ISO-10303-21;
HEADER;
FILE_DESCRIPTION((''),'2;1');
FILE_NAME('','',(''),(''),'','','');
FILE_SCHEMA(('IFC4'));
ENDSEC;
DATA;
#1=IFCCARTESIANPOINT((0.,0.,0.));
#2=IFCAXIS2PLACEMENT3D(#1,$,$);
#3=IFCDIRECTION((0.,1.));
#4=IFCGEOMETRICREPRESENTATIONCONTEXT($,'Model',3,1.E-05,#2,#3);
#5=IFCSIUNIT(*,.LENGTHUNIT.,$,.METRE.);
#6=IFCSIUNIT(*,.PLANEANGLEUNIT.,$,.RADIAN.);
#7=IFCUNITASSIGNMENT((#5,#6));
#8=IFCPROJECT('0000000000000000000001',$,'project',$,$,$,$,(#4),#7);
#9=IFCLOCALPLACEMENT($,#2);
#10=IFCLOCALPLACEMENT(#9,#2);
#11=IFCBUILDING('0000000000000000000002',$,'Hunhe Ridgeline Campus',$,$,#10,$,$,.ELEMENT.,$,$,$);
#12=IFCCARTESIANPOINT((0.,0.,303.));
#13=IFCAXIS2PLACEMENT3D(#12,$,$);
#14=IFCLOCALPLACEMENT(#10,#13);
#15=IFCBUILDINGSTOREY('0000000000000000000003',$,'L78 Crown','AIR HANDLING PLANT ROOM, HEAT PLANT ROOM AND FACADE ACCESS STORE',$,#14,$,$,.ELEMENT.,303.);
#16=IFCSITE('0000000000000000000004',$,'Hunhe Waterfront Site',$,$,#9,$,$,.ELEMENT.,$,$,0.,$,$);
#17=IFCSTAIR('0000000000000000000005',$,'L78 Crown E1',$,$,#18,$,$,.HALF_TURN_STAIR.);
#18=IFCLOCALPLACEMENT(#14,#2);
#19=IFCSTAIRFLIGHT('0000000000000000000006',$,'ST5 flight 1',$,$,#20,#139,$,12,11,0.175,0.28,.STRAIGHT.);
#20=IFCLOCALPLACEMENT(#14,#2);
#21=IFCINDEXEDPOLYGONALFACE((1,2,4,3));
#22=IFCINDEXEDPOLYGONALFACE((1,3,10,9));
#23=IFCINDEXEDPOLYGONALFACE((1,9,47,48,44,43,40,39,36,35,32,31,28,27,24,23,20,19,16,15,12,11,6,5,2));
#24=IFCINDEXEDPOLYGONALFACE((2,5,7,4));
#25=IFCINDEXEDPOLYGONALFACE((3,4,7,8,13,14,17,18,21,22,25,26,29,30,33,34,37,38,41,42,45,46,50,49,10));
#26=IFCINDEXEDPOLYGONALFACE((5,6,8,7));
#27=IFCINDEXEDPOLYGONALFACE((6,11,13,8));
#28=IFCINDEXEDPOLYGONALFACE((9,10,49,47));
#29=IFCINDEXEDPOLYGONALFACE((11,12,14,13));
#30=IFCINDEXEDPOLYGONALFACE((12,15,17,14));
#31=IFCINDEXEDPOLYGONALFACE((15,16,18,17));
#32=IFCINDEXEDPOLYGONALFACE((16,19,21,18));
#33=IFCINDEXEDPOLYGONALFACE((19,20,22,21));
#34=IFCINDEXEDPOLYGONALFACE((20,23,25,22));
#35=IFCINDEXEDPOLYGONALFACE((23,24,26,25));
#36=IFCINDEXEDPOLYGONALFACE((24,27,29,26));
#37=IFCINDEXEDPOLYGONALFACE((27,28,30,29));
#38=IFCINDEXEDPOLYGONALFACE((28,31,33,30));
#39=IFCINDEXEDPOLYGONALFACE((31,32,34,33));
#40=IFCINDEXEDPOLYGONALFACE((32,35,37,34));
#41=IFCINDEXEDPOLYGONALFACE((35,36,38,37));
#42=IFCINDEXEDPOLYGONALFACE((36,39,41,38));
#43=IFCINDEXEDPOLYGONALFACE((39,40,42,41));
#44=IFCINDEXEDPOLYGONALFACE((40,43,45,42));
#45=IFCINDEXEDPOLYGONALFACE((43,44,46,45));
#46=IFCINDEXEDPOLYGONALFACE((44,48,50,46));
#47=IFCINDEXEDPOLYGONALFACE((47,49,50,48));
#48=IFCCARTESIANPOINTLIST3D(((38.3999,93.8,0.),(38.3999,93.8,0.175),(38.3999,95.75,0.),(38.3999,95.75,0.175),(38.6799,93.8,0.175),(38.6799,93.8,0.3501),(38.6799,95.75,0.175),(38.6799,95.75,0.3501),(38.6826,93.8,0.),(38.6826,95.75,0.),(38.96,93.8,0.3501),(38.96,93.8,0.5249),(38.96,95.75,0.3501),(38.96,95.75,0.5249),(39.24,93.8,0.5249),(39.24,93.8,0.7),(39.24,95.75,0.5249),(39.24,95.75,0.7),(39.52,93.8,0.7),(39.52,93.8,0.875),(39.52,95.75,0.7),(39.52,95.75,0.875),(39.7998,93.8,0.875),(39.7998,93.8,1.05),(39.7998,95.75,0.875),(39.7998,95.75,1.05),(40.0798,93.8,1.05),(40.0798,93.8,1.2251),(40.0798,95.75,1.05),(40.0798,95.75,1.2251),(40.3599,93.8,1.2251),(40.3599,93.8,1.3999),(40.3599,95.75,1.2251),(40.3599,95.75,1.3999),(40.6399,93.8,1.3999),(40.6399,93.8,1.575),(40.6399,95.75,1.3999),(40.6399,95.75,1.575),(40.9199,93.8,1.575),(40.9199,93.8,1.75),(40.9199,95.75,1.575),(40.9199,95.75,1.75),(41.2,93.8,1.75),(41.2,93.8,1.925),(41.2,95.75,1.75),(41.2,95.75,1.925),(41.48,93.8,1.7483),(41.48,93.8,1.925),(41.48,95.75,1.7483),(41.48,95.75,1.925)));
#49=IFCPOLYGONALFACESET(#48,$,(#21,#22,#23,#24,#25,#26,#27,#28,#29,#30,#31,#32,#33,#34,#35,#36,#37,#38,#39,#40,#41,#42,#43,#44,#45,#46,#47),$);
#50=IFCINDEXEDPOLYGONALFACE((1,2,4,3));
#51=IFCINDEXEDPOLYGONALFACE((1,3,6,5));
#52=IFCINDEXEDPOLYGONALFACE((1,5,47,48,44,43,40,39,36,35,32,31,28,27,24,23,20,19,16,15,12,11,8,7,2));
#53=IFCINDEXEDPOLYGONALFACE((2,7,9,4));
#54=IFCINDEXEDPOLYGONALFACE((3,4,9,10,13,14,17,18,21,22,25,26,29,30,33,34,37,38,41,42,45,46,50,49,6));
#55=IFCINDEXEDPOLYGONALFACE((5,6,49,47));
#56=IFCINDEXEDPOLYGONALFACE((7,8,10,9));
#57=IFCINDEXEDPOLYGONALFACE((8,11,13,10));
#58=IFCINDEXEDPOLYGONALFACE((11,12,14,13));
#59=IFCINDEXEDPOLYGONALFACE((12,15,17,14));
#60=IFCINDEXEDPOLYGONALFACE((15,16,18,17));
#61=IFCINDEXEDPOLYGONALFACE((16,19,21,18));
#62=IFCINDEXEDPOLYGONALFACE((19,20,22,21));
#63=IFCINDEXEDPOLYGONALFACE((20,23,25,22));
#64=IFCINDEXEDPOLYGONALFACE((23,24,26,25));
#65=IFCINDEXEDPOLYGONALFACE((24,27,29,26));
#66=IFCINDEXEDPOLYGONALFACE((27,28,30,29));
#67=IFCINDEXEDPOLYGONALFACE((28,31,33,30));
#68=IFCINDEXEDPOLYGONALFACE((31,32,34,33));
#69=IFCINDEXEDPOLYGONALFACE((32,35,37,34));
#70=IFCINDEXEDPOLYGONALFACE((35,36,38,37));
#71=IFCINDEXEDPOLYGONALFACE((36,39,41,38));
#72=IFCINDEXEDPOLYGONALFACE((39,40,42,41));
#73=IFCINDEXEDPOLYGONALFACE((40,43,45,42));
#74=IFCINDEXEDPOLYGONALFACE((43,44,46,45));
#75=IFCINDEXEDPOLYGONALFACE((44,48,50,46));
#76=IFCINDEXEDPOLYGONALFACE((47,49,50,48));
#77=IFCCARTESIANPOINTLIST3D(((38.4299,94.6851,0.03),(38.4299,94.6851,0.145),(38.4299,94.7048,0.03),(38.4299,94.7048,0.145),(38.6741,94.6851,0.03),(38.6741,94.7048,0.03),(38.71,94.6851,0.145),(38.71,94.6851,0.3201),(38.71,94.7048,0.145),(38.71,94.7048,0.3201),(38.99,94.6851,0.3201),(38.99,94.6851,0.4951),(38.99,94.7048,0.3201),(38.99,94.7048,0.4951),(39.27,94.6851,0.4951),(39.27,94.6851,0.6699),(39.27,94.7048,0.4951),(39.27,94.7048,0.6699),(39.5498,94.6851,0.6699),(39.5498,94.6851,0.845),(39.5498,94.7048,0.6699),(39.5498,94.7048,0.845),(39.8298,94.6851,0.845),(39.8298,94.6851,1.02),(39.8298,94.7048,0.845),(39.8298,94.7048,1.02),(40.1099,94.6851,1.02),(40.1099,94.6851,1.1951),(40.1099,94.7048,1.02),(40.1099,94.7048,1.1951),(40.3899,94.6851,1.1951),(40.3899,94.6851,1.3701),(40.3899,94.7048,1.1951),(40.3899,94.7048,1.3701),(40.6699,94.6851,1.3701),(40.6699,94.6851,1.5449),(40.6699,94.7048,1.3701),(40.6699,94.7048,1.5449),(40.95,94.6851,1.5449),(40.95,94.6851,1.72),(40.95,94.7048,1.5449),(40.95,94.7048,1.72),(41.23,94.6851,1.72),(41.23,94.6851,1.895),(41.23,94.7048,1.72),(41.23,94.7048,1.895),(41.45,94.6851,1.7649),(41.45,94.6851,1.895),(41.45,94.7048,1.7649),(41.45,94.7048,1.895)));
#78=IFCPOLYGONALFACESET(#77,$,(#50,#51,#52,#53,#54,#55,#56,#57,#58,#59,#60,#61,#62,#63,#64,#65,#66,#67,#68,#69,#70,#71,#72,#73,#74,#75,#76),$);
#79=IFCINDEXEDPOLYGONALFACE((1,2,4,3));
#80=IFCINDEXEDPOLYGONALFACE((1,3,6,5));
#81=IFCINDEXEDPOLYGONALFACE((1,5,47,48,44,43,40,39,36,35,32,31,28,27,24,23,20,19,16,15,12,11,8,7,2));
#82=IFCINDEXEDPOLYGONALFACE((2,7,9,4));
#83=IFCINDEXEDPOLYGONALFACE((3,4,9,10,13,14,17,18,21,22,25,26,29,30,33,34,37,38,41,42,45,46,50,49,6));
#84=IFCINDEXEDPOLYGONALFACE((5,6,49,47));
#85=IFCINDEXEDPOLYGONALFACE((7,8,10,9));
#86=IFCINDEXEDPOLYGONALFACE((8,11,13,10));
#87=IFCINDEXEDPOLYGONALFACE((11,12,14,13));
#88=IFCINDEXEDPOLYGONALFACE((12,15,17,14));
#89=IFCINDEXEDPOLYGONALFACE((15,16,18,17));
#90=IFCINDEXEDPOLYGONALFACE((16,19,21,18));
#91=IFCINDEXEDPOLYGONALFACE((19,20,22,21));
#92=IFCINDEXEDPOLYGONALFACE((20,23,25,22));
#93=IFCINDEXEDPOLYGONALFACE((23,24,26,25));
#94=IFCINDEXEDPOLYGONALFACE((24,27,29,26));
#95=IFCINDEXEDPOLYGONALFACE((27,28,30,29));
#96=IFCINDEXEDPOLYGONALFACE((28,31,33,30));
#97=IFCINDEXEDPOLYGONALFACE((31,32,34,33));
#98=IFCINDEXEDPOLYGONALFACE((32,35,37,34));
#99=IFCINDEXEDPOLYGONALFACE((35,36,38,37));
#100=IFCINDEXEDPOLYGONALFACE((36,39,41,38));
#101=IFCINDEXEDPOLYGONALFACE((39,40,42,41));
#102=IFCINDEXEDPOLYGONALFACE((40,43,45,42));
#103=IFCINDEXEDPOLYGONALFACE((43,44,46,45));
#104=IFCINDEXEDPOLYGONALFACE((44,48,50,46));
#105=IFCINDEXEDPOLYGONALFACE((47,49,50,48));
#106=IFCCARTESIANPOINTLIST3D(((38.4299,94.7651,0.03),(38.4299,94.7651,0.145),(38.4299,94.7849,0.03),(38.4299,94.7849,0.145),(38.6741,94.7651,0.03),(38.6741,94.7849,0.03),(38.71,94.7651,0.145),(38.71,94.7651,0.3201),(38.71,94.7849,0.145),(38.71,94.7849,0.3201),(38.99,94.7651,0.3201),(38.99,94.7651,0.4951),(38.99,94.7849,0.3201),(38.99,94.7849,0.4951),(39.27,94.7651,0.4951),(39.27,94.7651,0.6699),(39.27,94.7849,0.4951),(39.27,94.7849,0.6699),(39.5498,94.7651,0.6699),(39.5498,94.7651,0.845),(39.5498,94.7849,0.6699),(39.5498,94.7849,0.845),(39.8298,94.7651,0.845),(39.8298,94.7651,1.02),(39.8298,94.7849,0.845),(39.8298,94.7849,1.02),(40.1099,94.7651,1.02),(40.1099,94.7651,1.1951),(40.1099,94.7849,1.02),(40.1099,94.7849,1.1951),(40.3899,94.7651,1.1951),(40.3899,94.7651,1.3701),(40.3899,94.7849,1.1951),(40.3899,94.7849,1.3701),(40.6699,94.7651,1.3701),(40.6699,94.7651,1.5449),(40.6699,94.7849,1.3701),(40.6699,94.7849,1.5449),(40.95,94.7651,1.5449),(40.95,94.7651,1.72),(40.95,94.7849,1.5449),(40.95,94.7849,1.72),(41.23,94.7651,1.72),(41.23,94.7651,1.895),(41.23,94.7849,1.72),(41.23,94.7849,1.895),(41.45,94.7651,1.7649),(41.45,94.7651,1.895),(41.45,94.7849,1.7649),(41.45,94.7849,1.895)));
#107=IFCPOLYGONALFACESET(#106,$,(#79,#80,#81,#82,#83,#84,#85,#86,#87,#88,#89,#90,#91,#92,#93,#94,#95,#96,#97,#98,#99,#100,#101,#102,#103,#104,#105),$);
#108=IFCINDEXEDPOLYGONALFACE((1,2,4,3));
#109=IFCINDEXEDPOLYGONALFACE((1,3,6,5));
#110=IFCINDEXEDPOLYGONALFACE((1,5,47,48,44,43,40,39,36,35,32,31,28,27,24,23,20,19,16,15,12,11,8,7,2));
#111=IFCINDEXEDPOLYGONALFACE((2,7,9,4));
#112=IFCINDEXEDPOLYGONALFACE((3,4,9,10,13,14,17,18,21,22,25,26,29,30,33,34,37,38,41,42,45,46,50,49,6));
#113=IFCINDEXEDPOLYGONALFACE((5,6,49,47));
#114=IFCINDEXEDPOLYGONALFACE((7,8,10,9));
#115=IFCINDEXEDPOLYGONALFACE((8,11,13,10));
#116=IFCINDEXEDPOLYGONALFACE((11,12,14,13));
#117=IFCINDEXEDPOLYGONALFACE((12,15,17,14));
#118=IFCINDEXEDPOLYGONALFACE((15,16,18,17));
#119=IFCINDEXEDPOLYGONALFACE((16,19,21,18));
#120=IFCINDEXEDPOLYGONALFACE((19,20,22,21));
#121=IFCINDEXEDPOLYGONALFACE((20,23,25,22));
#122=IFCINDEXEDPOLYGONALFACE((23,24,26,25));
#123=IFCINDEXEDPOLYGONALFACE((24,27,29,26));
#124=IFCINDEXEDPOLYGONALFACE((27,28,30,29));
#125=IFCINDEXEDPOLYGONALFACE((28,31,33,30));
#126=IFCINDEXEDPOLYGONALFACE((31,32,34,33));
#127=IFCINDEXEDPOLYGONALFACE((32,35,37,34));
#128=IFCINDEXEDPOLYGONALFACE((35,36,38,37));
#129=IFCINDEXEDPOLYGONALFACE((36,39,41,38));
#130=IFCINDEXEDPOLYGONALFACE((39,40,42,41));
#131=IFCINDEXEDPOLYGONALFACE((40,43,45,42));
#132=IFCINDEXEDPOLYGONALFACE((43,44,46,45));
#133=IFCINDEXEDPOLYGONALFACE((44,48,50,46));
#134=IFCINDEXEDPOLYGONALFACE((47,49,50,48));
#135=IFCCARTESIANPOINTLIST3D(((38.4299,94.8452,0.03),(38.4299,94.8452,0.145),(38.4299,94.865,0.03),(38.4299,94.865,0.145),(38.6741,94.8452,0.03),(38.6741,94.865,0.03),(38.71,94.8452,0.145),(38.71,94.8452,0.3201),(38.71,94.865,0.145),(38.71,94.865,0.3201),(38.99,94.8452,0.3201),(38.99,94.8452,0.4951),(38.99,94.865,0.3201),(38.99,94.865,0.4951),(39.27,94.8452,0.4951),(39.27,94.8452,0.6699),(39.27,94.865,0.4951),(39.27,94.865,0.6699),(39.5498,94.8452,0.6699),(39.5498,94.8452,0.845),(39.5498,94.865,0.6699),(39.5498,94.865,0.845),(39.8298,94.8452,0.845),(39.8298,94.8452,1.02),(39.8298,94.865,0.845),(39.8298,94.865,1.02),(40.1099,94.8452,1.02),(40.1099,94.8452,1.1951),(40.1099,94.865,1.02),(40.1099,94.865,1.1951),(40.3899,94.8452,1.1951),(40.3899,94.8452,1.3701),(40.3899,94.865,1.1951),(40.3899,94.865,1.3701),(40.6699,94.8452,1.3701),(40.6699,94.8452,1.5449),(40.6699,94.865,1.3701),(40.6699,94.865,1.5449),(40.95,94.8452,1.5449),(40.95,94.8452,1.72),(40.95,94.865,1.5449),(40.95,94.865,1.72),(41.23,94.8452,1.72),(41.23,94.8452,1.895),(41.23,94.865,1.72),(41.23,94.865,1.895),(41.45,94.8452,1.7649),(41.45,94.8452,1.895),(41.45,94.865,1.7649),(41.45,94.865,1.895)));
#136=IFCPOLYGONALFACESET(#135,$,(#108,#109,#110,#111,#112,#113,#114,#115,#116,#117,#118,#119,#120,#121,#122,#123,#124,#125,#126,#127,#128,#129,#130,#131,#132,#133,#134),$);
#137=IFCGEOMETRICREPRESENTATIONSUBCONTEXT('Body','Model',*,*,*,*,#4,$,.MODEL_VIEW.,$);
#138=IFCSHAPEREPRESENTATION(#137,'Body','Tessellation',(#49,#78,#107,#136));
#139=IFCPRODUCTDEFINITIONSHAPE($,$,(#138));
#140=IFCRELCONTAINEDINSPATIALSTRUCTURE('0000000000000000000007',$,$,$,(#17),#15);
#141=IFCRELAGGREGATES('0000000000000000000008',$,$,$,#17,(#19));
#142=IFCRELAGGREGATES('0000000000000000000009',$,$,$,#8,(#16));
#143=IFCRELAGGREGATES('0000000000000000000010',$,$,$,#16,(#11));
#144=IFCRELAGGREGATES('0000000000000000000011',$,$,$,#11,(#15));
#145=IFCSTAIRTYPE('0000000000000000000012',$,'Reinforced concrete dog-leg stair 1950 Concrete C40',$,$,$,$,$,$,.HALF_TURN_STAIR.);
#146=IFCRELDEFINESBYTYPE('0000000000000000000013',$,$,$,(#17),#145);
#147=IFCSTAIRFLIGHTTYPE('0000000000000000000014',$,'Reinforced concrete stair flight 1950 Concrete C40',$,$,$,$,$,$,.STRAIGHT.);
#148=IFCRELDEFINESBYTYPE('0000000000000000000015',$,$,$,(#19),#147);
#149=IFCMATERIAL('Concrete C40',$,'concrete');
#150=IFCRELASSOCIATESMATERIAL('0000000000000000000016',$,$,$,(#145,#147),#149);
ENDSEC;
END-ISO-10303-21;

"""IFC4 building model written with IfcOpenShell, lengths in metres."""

from ifc_helpers import new_model, si_unit, direction, frame, origin, place, context, subcontext, project, spatial, polyline, outline, extrude, material, type_object, element, aggregate, save


model = new_model("IFC4")

# Units and contexts
model_context = context("Model", 3, precision=1e-05, world=origin(), true_north=direction((0.0, 1.0)))
body_context = subcontext(model_context, "Body", "Model", "MODEL_VIEW")
ifc_project = project(units=[si_unit("LENGTHUNIT", "METRE"), si_unit("PLANEANGLEUNIT", "RADIAN")], contexts=[model_context])

# Site, building, storey
site_placement = place(None, origin())
site = spatial("IfcSite", under=ifc_project, at=site_placement, Name="Hunhe Waterfront Site", CompositionType="ELEMENT", RefElevation=0.0)
building_placement = place(site_placement, origin())
building = spatial("IfcBuilding", under=site, at=building_placement, Name="Hunhe Ridgeline Campus", CompositionType="ELEMENT")
storey_placement = place(building_placement, frame((0.0, 0.0, 303.0)))
storey = spatial("IfcBuildingStorey", under=building, at=storey_placement, Name="L78 Crown", Description="AIR HANDLING PLANT ROOM, HEAT PLANT ROOM AND FACADE ACCESS STORE", CompositionType="ELEMENT", Elevation=303.0)

# Stair, stair flight
ifc_material_1 = material(Name="Concrete C40", Category="concrete")
stair_type = type_object("IfcStairType", Name="Reinforced concrete dog-leg stair 1950 Concrete C40", PredefinedType="HALF_TURN_STAIR", material=ifc_material_1)
stair_placement = place(storey_placement, origin())
stair = element("IfcStair", 1, at=stair_placement, inside=storey, type_object=stair_type, Name="L78 Crown E1", PredefinedType="HALF_TURN_STAIR")
stair_flight_type = type_object("IfcStairFlightType", Name="Reinforced concrete stair flight 1950 Concrete C40", PredefinedType="STRAIGHT", material=ifc_material_1)
stair_flight_1_placement = place(storey_placement, frame((38.3999, 94.7749, 0.0), z_axis=(0.0, 0.0, 1.0), x_axis=(1.0, 0.0, 0.0)))
stair_flight_1 = element("IfcStairFlight", 2, at=stair_flight_1_placement, type_object=stair_flight_type, Name="ST5 flight 1", NumberOfRisers=12, NumberOfTreads=11, PredefinedType="STRAIGHT", RiserHeight=0.175, TreadLength=0.28, context=body_context, shape_type="SweptSolid", body=[
    extrude(outline(polyline([(0.0, 0.0), (0.0, 0.175), (0.28, 0.175), (0.28, 0.3501), (0.5601, 0.3501), (0.5601, 0.5249), (0.8401, 0.5249), (0.8401, 0.7), (1.1201, 0.7), (1.1201, 0.875), (1.3999, 0.875), (1.3999, 1.05), (1.6799, 1.05), (1.6799, 1.2251), (1.96, 1.2251), (1.96, 1.3999), (2.24, 1.3999), (2.24, 1.575), (2.52, 1.575), (2.52, 1.75), (2.8, 1.75), (2.8, 1.925), (3.0801, 1.925), (3.0801, 2.1001), (3.0801, 1.7483), (0.2827, 0.0), (0.0, 0.0)])), frame((0.0, 0.9751, 0.0), z_axis=(0.0, -1.0, 0.0), x_axis=(1.0, 0.0, 0.0)), (0.0, 0.0, 1.0), 1.95),
    extrude(outline(polyline([(0.03, 0.03), (0.03, 0.145), (0.3101, 0.145), (0.3101, 0.3201), (0.5901, 0.3201), (0.5901, 0.4951), (0.8701, 0.4951), (0.8701, 0.6699), (1.1499, 0.6699), (1.1499, 0.845), (1.4299, 0.845), (1.4299, 1.02), (1.71, 1.02), (1.71, 1.1951), (1.99, 1.1951), (1.99, 1.3701), (2.27, 1.3701), (2.27, 1.5449), (2.55, 1.5449), (2.55, 1.72), (2.8301, 1.72), (2.8301, 1.895), (3.05, 1.895), (3.05, 1.7649), (0.2742, 0.03), (0.03, 0.03)])), frame((0.0, -0.0701, 0.0), z_axis=(0.0, -1.0, 0.0), x_axis=(1.0, 0.0, 0.0)), (0.0, 0.0, 1.0), 0.0198),
    extrude(outline(polyline([(0.03, 0.03), (0.03, 0.145), (0.3101, 0.145), (0.3101, 0.3201), (0.5901, 0.3201), (0.5901, 0.4951), (0.8701, 0.4951), (0.8701, 0.6699), (1.1499, 0.6699), (1.1499, 0.845), (1.4299, 0.845), (1.4299, 1.02), (1.71, 1.02), (1.71, 1.1951), (1.99, 1.1951), (1.99, 1.3701), (2.27, 1.3701), (2.27, 1.5449), (2.55, 1.5449), (2.55, 1.72), (2.8301, 1.72), (2.8301, 1.895), (3.05, 1.895), (3.05, 1.7649), (0.2742, 0.03), (0.03, 0.03)])), frame((0.0, 0.01, 0.0), z_axis=(0.0, -1.0, 0.0), x_axis=(1.0, 0.0, 0.0)), (0.0, 0.0, 1.0), 0.0198),
    extrude(outline(polyline([(0.03, 0.03), (0.03, 0.145), (0.3101, 0.145), (0.3101, 0.3201), (0.5901, 0.3201), (0.5901, 0.4951), (0.8701, 0.4951), (0.8701, 0.6699), (1.1499, 0.6699), (1.1499, 0.845), (1.4299, 0.845), (1.4299, 1.02), (1.71, 1.02), (1.71, 1.1951), (1.99, 1.1951), (1.99, 1.3701), (2.27, 1.3701), (2.27, 1.5449), (2.55, 1.5449), (2.55, 1.72), (2.8301, 1.72), (2.8301, 1.895), (3.05, 1.895), (3.05, 1.7649), (0.2742, 0.03), (0.03, 0.03)])), frame((0.0, 0.0901, 0.0), z_axis=(0.0, -1.0, 0.0), x_axis=(1.0, 0.0, 0.0)), (0.0, 0.0, 1.0), 0.0198),
])
aggregate(stair, [stair_flight_1])

save(model, "model.ifc")
